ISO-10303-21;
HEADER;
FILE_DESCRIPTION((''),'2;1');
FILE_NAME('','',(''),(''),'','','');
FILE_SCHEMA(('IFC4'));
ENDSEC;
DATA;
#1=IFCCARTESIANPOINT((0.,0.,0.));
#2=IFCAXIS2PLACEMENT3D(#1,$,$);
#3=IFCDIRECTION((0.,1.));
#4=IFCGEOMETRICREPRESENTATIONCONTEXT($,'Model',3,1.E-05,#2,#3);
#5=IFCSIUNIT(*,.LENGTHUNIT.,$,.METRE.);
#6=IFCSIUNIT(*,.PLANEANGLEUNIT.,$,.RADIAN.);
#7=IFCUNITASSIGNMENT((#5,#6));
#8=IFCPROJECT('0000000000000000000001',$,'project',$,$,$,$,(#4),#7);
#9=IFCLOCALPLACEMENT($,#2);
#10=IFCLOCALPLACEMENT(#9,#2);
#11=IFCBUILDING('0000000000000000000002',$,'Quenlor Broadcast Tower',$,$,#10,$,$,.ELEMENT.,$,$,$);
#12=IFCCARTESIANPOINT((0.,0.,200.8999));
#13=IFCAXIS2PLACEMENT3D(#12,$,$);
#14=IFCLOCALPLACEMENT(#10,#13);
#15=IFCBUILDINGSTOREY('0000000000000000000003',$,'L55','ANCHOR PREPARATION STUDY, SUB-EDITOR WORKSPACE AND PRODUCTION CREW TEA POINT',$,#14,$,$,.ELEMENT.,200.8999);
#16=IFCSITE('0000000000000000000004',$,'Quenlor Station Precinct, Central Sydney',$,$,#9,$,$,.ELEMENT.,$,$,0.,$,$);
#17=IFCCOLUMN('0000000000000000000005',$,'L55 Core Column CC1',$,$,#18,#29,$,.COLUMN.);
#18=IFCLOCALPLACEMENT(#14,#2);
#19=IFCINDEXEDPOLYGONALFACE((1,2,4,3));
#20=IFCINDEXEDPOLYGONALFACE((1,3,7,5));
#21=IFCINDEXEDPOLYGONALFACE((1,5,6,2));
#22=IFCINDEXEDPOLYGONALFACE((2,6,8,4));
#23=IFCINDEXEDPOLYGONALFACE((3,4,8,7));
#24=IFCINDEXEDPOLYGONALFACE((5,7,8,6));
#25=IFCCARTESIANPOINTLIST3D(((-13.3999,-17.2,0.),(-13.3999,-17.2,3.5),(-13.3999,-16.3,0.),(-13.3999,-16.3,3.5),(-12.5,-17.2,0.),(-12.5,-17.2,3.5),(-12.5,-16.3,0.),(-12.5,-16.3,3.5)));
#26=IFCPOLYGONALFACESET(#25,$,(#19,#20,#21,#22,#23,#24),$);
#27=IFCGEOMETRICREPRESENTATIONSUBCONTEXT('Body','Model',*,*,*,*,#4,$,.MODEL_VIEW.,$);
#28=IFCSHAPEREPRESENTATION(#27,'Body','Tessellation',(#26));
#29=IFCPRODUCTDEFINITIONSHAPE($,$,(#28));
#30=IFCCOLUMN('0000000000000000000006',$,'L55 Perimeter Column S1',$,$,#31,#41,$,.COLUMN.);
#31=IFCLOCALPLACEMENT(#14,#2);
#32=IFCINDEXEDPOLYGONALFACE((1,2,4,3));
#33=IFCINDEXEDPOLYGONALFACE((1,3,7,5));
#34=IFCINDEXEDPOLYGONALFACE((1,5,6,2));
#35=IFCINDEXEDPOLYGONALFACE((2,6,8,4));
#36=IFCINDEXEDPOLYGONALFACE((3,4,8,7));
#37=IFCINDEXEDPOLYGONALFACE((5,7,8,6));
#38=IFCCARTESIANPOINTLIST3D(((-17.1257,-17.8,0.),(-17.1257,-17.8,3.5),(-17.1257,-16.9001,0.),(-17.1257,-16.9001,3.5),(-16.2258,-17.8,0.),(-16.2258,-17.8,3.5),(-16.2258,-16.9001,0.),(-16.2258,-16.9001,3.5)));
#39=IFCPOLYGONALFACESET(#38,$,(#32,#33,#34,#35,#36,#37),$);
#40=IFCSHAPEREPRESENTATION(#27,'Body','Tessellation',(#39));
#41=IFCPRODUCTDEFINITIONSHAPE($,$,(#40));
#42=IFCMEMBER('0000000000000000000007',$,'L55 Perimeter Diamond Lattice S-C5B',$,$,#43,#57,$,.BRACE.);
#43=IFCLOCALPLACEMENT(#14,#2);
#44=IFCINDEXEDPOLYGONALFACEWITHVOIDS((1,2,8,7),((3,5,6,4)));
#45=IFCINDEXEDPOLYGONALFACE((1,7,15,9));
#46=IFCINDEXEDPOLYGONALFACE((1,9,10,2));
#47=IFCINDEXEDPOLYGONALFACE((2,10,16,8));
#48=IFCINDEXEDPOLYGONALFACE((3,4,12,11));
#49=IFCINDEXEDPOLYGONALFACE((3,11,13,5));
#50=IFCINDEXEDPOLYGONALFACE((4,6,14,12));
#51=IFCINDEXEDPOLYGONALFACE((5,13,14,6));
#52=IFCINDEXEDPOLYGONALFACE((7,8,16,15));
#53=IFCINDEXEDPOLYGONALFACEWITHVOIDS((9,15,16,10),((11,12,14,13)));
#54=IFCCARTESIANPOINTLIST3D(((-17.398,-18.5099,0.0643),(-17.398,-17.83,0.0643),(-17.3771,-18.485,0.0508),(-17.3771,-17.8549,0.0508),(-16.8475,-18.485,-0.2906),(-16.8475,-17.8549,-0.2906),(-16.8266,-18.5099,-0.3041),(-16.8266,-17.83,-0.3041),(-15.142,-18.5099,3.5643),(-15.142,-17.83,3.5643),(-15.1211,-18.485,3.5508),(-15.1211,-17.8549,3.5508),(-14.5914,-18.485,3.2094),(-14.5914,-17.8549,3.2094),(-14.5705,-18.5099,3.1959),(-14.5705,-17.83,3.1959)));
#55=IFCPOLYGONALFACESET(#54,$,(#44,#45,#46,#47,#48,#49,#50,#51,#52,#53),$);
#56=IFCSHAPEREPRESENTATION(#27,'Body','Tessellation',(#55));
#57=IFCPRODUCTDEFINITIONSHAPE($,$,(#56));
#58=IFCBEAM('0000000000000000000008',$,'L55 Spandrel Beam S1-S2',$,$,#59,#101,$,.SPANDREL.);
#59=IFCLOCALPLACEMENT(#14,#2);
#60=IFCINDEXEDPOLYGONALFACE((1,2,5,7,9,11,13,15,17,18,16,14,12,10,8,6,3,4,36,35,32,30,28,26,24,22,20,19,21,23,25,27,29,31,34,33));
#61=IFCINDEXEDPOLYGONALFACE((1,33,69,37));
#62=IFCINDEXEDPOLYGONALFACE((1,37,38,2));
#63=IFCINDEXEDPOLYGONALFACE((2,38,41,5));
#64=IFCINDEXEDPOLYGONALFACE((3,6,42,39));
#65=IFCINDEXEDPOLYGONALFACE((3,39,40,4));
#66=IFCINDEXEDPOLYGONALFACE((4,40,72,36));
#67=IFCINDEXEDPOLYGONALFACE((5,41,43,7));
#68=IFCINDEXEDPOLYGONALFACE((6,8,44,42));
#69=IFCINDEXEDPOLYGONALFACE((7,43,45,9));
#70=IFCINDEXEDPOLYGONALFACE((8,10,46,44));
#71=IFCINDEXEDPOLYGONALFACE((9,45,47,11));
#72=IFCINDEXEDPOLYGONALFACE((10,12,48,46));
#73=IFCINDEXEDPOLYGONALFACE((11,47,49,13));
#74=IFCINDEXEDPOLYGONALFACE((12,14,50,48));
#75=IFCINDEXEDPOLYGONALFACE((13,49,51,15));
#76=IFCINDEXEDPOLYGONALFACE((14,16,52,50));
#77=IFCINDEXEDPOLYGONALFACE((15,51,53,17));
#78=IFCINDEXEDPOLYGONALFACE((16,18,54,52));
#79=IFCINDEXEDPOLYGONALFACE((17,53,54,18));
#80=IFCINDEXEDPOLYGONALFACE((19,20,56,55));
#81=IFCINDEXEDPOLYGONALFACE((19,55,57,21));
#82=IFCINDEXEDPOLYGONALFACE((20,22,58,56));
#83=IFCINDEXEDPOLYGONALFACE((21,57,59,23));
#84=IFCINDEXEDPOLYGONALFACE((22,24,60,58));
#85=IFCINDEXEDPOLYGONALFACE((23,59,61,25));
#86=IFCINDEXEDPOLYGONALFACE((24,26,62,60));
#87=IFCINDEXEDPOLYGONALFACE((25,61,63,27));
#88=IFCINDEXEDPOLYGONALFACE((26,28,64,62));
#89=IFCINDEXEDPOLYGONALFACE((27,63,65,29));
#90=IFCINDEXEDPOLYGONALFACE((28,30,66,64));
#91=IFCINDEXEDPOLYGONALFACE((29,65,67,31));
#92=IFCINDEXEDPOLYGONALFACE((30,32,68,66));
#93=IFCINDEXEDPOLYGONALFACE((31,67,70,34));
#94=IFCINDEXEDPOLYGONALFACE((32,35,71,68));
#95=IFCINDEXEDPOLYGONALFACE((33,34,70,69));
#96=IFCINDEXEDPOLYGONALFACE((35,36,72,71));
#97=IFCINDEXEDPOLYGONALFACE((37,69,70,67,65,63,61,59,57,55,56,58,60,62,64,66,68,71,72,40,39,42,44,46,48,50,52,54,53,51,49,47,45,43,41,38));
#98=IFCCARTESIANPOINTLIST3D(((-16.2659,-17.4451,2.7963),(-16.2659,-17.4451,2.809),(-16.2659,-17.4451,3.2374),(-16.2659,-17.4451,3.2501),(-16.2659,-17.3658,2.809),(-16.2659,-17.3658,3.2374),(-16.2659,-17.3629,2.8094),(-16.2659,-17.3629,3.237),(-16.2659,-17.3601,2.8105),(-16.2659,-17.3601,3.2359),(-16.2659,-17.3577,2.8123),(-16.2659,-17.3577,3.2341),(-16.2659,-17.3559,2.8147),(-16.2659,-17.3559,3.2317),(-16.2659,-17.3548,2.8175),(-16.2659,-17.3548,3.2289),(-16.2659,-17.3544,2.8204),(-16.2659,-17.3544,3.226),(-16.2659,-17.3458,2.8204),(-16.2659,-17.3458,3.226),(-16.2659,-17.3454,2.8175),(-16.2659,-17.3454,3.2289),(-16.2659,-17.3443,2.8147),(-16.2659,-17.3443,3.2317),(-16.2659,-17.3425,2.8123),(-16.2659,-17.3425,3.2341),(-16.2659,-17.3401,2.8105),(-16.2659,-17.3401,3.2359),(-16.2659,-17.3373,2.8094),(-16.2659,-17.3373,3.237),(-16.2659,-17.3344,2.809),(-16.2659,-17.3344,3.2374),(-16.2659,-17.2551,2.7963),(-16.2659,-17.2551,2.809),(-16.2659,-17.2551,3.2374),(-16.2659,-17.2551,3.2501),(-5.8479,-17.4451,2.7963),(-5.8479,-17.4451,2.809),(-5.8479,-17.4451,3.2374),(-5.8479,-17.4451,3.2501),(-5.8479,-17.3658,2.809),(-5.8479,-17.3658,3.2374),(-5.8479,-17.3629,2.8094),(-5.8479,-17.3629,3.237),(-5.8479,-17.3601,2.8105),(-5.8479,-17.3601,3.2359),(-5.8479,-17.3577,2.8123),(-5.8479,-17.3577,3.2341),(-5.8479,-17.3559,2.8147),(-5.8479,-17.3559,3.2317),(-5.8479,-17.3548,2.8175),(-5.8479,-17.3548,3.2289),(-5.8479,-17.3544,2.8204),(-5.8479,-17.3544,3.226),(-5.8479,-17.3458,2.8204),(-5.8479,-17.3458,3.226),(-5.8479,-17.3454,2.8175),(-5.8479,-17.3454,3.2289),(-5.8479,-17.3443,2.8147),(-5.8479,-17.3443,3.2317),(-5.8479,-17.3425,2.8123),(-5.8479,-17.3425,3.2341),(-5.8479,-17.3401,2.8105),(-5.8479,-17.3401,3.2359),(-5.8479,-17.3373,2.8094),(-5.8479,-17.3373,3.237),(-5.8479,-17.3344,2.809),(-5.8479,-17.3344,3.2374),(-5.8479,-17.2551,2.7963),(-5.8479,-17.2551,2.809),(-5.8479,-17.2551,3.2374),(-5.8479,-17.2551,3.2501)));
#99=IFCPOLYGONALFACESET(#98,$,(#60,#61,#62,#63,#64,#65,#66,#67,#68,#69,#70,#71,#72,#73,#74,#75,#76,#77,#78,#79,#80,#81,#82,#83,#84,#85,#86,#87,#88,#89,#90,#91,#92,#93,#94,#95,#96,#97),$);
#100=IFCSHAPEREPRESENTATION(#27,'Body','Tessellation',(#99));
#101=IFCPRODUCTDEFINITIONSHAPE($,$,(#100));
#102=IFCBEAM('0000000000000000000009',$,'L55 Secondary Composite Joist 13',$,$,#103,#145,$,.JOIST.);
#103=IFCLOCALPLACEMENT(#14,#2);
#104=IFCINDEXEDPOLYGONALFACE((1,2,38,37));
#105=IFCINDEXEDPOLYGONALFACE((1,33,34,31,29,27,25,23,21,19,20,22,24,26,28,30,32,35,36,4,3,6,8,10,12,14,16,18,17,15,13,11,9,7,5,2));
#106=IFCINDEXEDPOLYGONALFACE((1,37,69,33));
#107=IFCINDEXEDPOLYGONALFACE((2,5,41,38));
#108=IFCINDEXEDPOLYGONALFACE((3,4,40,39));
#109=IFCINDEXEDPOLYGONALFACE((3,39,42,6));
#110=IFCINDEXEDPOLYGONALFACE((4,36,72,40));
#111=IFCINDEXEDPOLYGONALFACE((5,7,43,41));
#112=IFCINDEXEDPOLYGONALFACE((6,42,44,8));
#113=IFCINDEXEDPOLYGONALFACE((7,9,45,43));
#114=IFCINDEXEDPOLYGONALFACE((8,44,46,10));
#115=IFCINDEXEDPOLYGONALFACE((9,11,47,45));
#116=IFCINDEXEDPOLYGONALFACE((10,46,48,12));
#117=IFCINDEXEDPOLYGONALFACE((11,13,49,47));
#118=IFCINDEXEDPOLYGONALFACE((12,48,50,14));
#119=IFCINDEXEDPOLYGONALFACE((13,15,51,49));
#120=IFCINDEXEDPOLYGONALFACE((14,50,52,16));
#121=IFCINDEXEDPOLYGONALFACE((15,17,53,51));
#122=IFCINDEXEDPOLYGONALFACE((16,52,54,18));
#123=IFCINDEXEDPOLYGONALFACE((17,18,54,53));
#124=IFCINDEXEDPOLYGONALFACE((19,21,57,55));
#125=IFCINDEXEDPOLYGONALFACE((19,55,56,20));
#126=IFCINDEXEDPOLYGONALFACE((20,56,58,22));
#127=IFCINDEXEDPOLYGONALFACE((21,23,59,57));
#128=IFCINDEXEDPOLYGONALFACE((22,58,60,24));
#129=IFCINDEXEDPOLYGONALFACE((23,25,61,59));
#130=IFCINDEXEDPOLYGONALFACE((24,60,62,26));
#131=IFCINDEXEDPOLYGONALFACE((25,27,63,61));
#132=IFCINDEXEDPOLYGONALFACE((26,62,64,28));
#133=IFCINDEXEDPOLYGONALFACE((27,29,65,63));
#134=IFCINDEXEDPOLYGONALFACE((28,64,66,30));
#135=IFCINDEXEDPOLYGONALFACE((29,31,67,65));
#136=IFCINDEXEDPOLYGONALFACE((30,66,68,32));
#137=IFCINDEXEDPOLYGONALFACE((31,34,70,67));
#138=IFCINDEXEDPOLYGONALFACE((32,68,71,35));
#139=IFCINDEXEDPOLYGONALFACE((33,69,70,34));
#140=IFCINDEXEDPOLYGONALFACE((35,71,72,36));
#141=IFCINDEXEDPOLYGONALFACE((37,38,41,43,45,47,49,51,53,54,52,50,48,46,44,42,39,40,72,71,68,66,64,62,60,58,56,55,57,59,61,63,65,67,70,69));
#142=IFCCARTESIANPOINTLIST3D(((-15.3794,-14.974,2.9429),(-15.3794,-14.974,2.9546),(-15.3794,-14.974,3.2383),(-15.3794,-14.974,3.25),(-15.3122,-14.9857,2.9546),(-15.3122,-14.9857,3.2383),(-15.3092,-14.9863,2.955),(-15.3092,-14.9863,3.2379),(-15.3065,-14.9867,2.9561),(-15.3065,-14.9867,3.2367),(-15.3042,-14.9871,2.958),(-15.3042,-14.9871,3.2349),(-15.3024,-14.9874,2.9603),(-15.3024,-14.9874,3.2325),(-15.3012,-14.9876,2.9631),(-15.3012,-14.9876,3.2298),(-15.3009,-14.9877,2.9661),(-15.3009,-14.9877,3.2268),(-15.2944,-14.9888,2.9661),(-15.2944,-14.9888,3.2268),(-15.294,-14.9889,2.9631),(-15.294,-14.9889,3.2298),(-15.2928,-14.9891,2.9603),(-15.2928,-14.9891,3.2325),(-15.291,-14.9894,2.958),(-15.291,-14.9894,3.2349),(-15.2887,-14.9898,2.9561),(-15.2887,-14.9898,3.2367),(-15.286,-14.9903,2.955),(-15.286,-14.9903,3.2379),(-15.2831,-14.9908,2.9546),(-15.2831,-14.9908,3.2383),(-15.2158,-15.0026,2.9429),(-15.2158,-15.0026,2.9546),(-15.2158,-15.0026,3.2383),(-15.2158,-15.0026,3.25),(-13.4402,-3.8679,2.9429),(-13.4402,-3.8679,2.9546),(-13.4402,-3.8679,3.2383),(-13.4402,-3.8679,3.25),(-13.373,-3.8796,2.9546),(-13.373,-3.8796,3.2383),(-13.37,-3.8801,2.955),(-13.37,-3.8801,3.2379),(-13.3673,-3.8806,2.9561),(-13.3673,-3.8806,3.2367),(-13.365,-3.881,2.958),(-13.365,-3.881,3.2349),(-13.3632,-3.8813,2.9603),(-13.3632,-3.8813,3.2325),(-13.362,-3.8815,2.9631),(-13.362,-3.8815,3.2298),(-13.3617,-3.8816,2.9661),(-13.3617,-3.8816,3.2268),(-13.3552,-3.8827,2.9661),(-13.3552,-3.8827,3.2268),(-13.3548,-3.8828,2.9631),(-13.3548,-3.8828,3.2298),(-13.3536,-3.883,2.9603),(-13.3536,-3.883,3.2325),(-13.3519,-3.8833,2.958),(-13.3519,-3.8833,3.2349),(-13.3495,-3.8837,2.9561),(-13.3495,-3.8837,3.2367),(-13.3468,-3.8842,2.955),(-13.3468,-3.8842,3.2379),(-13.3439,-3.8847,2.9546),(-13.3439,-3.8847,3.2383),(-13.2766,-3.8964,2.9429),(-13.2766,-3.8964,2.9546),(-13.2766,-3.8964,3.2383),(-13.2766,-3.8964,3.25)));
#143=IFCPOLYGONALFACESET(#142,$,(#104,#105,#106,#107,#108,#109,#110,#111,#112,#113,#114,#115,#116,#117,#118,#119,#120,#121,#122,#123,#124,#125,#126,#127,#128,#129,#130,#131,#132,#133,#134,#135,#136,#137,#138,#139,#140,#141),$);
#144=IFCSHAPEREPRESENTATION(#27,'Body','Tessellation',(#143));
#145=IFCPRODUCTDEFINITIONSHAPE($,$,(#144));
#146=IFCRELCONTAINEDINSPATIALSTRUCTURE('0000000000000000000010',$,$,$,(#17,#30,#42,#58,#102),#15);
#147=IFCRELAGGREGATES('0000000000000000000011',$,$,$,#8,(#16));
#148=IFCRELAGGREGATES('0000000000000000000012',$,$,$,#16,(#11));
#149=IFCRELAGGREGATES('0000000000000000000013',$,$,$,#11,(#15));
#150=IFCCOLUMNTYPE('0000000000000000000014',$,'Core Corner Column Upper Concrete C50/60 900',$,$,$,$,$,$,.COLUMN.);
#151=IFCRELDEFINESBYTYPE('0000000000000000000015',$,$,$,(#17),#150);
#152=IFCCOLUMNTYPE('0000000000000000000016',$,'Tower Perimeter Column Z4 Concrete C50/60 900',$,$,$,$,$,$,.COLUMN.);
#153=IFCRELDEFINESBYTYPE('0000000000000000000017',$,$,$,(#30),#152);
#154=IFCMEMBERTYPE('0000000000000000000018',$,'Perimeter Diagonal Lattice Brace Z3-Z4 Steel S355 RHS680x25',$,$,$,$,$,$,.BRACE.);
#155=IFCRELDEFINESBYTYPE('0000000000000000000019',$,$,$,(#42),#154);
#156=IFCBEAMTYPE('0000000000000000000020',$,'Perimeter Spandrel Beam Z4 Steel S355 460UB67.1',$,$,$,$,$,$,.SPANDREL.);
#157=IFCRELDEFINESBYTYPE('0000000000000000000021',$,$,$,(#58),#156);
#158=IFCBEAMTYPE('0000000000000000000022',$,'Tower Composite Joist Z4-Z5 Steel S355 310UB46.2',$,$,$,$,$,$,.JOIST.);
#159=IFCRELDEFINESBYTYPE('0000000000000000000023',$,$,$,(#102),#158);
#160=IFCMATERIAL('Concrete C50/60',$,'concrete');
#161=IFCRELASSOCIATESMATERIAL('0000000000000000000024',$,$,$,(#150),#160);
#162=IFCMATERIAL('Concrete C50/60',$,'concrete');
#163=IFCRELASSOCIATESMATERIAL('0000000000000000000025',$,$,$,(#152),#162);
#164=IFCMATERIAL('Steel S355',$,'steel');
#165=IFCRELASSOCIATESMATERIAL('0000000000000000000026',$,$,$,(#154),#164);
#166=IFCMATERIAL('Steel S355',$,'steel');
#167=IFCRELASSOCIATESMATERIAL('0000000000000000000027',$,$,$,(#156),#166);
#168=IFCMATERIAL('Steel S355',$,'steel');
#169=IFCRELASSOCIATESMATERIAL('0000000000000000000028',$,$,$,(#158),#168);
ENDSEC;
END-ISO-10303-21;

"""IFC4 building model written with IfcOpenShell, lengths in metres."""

from ifc_helpers import new_model, si_unit, direction, frame, origin, origin_2d, place, context, subcontext, project, spatial, rectangle, hollow_rectangle, i_section, extrude, material, material_profile, profile_set, type_object, element, save


model = new_model("IFC4")

# Units and contexts
model_context = context("Model", 3, precision=1e-05, world=origin(), true_north=direction((0.0, 1.0)))
body_context = subcontext(model_context, "Body", "Model", "MODEL_VIEW")
ifc_project = project(units=[si_unit("LENGTHUNIT", "METRE"), si_unit("PLANEANGLEUNIT", "RADIAN")], contexts=[model_context])

# Site, building, storey
site_placement = place(None, origin())
site = spatial("IfcSite", under=ifc_project, at=site_placement, Name="Quenlor Station Precinct, Central Sydney", CompositionType="ELEMENT", RefElevation=0.0)
building_placement = place(site_placement, origin())
building = spatial("IfcBuilding", under=site, at=building_placement, Name="Quenlor Broadcast Tower", CompositionType="ELEMENT")
storey_placement = place(building_placement, frame((0.0, 0.0, 200.8999)))
storey = spatial("IfcBuildingStorey", under=building, at=storey_placement, Name="L55", Description="ANCHOR PREPARATION STUDY, SUB-EDITOR WORKSPACE AND PRODUCTION CREW TEA POINT", CompositionType="ELEMENT", Elevation=200.8999)

# Columns
ifc_material_1 = material(Name="Concrete C50/60", Category="concrete")
ifc_material_profile_1 = material_profile(ifc_material_1, rectangle(XDim=0.8999, YDim=0.8999, at=origin_2d()))
ifc_profile_set_1 = profile_set([ifc_material_profile_1], Name="Concrete C50/60 RC900x900")
column_type_1 = type_object("IfcColumnType", Name="Core Corner Column Upper Concrete C50/60 900", PredefinedType="COLUMN", material=ifc_profile_set_1)
column_1_placement = place(storey_placement, frame((-12.95, -16.75, 0.0), z_axis=(0.0, 0.0, 1.0), x_axis=(1.0, 0.0, 0.0)))
element("IfcColumn", 1, at=column_1_placement, inside=storey, type_object=column_type_1, Name="L55 Core Column CC1", PredefinedType="COLUMN", context=body_context, shape_type="SweptSolid", body=[
    extrude(rectangle(XDim=0.8999, YDim=0.8999, at=origin_2d()), origin(), (0.0, 0.0, 1.0), 3.5),
])
ifc_material_2 = material(Name="Concrete C50/60", Category="concrete")
ifc_material_profile_2 = material_profile(ifc_material_2, rectangle(XDim=0.8999, YDim=0.8999, at=origin_2d()))
ifc_profile_set_2 = profile_set([ifc_material_profile_2], Name="Concrete C50/60 RC900x900")
column_type_2 = type_object("IfcColumnType", Name="Tower Perimeter Column Z4 Concrete C50/60 900", PredefinedType="COLUMN", material=ifc_profile_set_2)
column_2_placement = place(storey_placement, frame((-16.6758, -17.3501, 0.0), z_axis=(0.0, 0.0, 1.0), x_axis=(0.0, 1.0, 0.0)))
element("IfcColumn", 2, at=column_2_placement, inside=storey, type_object=column_type_2, Name="L55 Perimeter Column S1", PredefinedType="COLUMN", context=body_context, shape_type="SweptSolid", body=[
    extrude(rectangle(XDim=0.8999, YDim=0.8999, at=origin_2d()), origin(), (0.0, 0.0, 1.0), 3.5),
])

# Member
ifc_material_3 = material(Name="Steel S355", Category="steel")
ifc_material_profile_3 = material_profile(ifc_material_3, hollow_rectangle(XDim=0.6799, YDim=0.6799, WallThickness=0.0249, at=origin_2d()))
ifc_profile_set_3 = profile_set([ifc_material_profile_3], Name="Steel S355 RHS680x680x25")
member_type = type_object("IfcMemberType", Name="Perimeter Diagonal Lattice Brace Z3-Z4 Steel S355 RHS680x25", PredefinedType="BRACE", material=ifc_profile_set_3)
member_placement = place(storey_placement, frame((-17.1123, -18.1699, -0.1199), z_axis=(0.541794, 0.0, 0.840511), x_axis=(0.0, 1.0, 0.0)))
element("IfcMember", 3, at=member_placement, inside=storey, type_object=member_type, Name="L55 Perimeter Diamond Lattice S-C5B", PredefinedType="BRACE", context=body_context, shape_type="SweptSolid", body=[
    extrude(hollow_rectangle(XDim=0.6799, YDim=0.6799, WallThickness=0.0249, at=origin_2d()), origin(), (0.0, 0.0, 1.0), 4.1641),
])

# Beams
ifc_material_4 = material(Name="Steel S355", Category="steel")
ifc_material_profile_4 = material_profile(ifc_material_4, i_section(OverallWidth=0.1899, OverallDepth=0.4539, WebThickness=0.0085, FlangeThickness=0.0127, FilletRadius=0.0115, at=origin_2d()))
ifc_profile_set_4 = profile_set([ifc_material_profile_4], Name="Steel S355 460UB67.1")
beam_type_1 = type_object("IfcBeamType", Name="Perimeter Spandrel Beam Z4 Steel S355 460UB67.1", PredefinedType="SPANDREL", material=ifc_profile_set_4)
beam_1_placement = place(storey_placement, frame((-16.2659, -17.3501, 3.0232), z_axis=(1.0, 0.0, 0.0), x_axis=(0.0, 1.0, 0.0)))
element("IfcBeam", 4, at=beam_1_placement, inside=storey, type_object=beam_type_1, Name="L55 Spandrel Beam S1-S2", PredefinedType="SPANDREL", context=body_context, shape_type="SweptSolid", body=[
    extrude(i_section(OverallWidth=0.1899, OverallDepth=0.4539, WebThickness=0.0085, FlangeThickness=0.0127, FilletRadius=0.0115, at=origin_2d()), origin(), (0.0, 0.0, 1.0), 10.418),
])
ifc_material_5 = material(Name="Steel S355", Category="steel")
ifc_material_profile_5 = material_profile(ifc_material_5, i_section(OverallWidth=0.166, OverallDepth=0.3071, WebThickness=0.0066, FlangeThickness=0.0117, FilletRadius=0.0115, at=origin_2d()))
ifc_profile_set_5 = profile_set([ifc_material_profile_5], Name="Steel S355 310UB46.2")
beam_type_2 = type_object("IfcBeamType", Name="Tower Composite Joist Z4-Z5 Steel S355 310UB46.2", PredefinedType="JOIST", material=ifc_profile_set_5)
beam_2_placement = place(storey_placement, frame((-15.2976, -14.9883, 3.0964), z_axis=(0.172004, 0.985096, 0.0), x_axis=(-0.985096, 0.172004, 0.0)))
element("IfcBeam", 5, at=beam_2_placement, inside=storey, type_object=beam_type_2, Name="L55 Secondary Composite Joist 13", PredefinedType="JOIST", context=body_context, shape_type="SweptSolid", body=[
    extrude(i_section(OverallWidth=0.166, OverallDepth=0.3071, WebThickness=0.0066, FlangeThickness=0.0117, FilletRadius=0.0115, at=origin_2d()), origin(), (0.0, 0.0, 1.0), 11.2742),
])

save(model, "model.ifc")
